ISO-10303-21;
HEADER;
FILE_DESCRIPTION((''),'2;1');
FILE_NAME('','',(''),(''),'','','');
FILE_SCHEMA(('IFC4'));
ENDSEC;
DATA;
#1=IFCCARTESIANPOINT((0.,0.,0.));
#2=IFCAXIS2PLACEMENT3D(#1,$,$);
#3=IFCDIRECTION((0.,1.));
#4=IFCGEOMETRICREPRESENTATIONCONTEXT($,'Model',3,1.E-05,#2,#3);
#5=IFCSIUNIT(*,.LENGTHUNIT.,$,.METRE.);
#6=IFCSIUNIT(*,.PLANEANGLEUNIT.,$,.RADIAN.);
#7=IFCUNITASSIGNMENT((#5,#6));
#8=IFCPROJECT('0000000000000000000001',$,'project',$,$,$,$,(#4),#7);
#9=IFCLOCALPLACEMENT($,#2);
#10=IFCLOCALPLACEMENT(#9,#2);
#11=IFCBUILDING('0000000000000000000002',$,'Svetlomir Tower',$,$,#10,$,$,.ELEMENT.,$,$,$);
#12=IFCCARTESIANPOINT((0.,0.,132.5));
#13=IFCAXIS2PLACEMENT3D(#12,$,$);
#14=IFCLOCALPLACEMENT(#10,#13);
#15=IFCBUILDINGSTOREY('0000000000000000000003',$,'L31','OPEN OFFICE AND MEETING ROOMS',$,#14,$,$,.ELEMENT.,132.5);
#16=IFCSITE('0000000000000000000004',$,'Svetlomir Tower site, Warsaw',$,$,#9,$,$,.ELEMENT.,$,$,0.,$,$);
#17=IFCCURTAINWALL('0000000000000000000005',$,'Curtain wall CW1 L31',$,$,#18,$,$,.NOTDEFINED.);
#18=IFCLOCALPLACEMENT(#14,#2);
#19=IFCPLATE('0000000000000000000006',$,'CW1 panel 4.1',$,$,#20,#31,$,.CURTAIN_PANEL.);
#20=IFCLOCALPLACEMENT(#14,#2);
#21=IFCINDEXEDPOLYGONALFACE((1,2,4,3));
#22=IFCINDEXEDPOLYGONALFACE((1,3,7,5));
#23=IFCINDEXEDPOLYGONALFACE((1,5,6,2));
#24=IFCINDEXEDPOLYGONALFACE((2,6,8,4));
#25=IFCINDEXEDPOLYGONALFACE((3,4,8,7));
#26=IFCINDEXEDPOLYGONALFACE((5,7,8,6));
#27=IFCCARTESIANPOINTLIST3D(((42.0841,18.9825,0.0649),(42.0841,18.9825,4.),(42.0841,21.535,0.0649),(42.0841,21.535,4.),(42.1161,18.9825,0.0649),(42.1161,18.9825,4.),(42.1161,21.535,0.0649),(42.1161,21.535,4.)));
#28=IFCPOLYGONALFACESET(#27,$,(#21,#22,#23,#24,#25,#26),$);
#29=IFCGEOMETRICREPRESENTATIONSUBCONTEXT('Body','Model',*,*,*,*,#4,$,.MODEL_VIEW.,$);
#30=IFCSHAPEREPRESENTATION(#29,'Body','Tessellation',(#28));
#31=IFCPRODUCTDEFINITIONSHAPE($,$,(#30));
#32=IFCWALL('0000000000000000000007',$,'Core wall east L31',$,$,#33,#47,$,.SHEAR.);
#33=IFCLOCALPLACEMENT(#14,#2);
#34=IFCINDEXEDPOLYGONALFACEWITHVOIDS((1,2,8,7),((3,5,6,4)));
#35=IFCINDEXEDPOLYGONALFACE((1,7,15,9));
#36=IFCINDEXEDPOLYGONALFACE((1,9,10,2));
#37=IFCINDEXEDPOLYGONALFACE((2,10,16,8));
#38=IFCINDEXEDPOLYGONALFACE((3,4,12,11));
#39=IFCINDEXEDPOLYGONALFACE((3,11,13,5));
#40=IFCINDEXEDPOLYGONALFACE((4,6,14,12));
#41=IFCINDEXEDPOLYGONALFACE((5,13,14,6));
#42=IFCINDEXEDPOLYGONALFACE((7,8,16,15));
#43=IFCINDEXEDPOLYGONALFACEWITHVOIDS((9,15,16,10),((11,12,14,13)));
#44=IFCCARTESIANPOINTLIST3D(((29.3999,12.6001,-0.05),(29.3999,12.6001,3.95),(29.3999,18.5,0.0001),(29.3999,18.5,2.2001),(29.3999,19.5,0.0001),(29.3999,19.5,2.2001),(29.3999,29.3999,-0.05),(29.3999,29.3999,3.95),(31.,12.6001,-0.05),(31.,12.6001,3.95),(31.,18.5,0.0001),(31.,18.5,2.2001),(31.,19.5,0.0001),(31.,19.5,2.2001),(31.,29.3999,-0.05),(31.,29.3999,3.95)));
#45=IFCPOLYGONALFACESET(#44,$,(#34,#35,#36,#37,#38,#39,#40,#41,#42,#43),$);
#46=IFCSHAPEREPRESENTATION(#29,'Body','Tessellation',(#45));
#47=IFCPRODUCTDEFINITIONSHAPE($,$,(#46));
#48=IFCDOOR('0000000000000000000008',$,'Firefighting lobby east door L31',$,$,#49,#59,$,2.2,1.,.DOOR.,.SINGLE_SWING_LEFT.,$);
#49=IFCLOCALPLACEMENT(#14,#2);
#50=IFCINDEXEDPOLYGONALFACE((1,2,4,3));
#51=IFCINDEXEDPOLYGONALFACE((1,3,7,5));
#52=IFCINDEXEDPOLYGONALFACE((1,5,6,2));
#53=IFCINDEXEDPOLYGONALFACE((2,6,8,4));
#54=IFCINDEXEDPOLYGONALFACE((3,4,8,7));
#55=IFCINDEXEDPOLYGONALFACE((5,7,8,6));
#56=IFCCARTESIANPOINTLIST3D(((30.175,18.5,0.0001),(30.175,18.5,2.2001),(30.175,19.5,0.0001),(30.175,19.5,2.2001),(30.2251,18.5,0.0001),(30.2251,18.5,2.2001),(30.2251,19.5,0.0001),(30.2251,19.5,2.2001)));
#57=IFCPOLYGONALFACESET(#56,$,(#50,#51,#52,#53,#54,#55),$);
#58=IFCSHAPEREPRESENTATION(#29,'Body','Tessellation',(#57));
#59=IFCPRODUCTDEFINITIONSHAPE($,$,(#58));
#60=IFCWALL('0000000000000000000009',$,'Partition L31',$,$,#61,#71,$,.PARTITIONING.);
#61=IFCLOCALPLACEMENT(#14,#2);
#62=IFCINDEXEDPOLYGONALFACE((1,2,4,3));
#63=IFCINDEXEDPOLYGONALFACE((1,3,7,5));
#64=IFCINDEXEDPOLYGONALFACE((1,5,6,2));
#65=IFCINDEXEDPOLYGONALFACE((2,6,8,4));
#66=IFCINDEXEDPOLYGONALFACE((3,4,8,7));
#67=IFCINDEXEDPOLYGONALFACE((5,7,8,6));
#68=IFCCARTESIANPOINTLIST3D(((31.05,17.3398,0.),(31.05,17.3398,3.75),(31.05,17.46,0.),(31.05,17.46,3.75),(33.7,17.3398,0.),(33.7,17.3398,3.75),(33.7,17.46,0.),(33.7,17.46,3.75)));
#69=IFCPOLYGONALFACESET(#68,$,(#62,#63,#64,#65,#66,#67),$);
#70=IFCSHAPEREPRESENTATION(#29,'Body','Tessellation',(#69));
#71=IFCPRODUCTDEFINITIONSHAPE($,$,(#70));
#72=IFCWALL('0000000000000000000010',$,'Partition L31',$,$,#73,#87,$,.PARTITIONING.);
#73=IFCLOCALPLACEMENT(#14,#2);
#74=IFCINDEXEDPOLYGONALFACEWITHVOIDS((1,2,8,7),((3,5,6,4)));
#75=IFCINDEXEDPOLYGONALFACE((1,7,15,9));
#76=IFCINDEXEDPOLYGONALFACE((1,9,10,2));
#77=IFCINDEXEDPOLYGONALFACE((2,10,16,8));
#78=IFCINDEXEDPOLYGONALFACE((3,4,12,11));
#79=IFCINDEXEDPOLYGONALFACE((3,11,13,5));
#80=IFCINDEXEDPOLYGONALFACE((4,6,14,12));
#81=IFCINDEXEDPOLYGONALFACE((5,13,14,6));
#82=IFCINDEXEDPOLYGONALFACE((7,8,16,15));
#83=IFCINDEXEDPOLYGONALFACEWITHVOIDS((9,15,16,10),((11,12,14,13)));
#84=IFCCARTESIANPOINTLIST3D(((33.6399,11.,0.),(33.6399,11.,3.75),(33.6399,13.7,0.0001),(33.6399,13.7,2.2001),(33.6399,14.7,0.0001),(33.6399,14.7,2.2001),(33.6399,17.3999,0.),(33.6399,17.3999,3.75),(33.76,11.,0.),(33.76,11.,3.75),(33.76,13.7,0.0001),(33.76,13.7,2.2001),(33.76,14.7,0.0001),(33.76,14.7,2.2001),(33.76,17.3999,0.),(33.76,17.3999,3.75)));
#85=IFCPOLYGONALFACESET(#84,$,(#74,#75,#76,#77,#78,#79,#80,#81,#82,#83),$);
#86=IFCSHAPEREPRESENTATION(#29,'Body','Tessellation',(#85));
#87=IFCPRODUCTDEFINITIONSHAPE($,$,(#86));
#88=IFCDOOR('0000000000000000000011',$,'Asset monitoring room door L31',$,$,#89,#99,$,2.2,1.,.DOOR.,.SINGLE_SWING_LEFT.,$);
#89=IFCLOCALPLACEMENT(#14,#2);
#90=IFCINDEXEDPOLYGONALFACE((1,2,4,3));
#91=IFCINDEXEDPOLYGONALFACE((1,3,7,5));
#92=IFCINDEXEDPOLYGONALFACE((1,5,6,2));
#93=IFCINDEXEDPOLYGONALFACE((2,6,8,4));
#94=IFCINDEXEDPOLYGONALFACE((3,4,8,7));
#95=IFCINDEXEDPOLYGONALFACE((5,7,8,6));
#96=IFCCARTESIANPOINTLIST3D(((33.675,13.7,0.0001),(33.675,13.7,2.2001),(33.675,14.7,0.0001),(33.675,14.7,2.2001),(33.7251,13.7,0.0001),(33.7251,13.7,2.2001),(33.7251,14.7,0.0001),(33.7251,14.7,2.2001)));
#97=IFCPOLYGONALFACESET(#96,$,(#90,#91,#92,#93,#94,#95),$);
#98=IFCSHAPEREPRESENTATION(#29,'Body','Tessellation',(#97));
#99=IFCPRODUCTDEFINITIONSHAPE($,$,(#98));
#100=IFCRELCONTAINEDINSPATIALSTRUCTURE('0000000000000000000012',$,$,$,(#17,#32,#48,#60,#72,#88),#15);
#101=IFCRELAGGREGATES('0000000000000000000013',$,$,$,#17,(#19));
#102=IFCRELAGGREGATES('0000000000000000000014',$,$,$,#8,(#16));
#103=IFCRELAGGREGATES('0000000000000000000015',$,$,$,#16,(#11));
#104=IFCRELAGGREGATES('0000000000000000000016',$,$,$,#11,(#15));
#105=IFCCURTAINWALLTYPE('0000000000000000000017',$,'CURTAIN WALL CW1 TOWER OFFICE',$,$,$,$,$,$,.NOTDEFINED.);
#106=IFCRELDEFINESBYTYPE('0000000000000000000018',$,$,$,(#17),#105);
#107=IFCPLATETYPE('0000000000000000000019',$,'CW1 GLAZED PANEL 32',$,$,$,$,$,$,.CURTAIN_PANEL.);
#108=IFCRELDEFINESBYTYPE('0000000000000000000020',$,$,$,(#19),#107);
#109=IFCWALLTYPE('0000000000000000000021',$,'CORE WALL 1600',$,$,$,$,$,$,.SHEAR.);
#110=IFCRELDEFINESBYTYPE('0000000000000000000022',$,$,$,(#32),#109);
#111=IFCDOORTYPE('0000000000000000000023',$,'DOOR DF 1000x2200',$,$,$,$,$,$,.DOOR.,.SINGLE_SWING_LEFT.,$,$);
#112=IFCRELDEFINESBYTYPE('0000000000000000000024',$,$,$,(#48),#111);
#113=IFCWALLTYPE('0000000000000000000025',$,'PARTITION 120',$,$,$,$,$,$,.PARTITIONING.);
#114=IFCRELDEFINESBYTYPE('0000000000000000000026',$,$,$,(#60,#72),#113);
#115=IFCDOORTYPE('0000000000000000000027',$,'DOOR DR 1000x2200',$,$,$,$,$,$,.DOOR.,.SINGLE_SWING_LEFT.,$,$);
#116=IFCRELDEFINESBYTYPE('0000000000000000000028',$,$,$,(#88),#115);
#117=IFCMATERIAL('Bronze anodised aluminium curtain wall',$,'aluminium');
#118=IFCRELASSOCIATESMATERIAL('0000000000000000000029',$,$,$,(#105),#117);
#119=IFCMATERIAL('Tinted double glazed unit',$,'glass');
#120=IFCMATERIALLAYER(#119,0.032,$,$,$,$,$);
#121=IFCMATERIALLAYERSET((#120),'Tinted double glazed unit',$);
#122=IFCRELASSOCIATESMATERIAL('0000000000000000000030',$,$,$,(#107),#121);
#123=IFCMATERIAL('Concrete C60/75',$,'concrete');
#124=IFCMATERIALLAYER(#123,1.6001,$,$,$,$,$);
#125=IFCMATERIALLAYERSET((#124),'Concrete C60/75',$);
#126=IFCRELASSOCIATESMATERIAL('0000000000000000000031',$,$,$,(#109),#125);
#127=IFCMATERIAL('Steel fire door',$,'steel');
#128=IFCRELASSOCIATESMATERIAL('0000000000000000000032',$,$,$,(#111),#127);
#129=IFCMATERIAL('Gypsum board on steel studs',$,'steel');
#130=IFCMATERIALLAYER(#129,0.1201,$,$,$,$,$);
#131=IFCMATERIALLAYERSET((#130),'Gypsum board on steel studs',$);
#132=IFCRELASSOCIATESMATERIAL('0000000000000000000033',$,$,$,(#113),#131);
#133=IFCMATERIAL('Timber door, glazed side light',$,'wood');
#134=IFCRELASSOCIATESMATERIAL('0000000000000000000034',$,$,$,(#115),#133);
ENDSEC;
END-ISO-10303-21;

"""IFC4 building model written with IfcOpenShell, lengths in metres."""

from ifc_helpers import new_model, si_unit, direction, frame, frame_2d, origin, origin_2d, place, context, subcontext, project, spatial, rectangle, extrude, material, layer, layer_set, type_object, element, fill, aggregate, save


model = new_model("IFC4")

# Units and contexts
model_context = context("Model", 3, precision=1e-05, world=origin(), true_north=direction((0.0, 1.0)))
body_context = subcontext(model_context, "Body", "Model", "MODEL_VIEW")
ifc_project = project(units=[si_unit("LENGTHUNIT", "METRE"), si_unit("PLANEANGLEUNIT", "RADIAN")], contexts=[model_context])

# Site, building, storey
site_placement = place(None, origin())
site = spatial("IfcSite", under=ifc_project, at=site_placement, Name="Svetlomir Tower site, Warsaw", CompositionType="ELEMENT", RefElevation=0.0)
building_placement = place(site_placement, origin())
building = spatial("IfcBuilding", under=site, at=building_placement, Name="Svetlomir Tower", CompositionType="ELEMENT")
storey_placement = place(building_placement, frame((0.0, 0.0, 132.5)))
storey = spatial("IfcBuildingStorey", under=building, at=storey_placement, Name="L31", Description="OPEN OFFICE AND MEETING ROOMS", CompositionType="ELEMENT", Elevation=132.5)

# Curtain wall
ifc_material_1 = material(Name="Bronze anodised aluminium curtain wall", Category="aluminium")
curtain_wall_type = type_object("IfcCurtainWallType", Name="CURTAIN WALL CW1 TOWER OFFICE", PredefinedType="NOTDEFINED", material=ifc_material_1)
curtain_wall_1_placement = place(storey_placement, origin())
curtain_wall_1 = element("IfcCurtainWall", 1, at=curtain_wall_1_placement, inside=storey, type_object=curtain_wall_type, Name="Curtain wall CW1 L31", PredefinedType="NOTDEFINED")

# Plate
ifc_material_2 = material(Name="Tinted double glazed unit", Category="glass")
ifc_layer_1 = layer(ifc_material_2, 0.032)
ifc_layer_set_1 = layer_set([ifc_layer_1], Name="Tinted double glazed unit")
plate_type = type_object("IfcPlateType", Name="CW1 GLAZED PANEL 32", PredefinedType="CURTAIN_PANEL", material=ifc_layer_set_1)
plate_1_placement = place(storey_placement, frame((42.1001, 20.2588, 0.0649), z_axis=(0.0, 0.0, 1.0), x_axis=(0.0, 1.0, 0.0)))
plate_1 = element("IfcPlate", 2, at=plate_1_placement, type_object=plate_type, Name="CW1 panel 4.1", PredefinedType="CURTAIN_PANEL", context=body_context, shape_type="SweptSolid", body=[
    extrude(rectangle(XDim=2.5525, YDim=0.032, at=origin_2d()), origin(), (0.0, 0.0, 1.0), 3.9351),
])
aggregate(curtain_wall_1, [plate_1])

# Wall, opening, door
ifc_material_3 = material(Name="Concrete C60/75", Category="concrete")
ifc_layer_2 = layer(ifc_material_3, 1.6001)
ifc_layer_set_2 = layer_set([ifc_layer_2], Name="Concrete C60/75")
wall_type_1 = type_object("IfcWallType", Name="CORE WALL 1600", PredefinedType="SHEAR", material=ifc_layer_set_2)
wall_1_placement = place(storey_placement, frame((30.2, 12.6001, -0.05), z_axis=(0.0, 0.0, 1.0), x_axis=(0.0, 1.0, 0.0)))
wall_1 = element("IfcWall", 3, at=wall_1_placement, inside=storey, type_object=wall_type_1, Name="Core wall east L31", PredefinedType="SHEAR", context=body_context, shape_type="SweptSolid", body=[
    extrude(rectangle(XDim=16.7998, YDim=1.6001, at=frame_2d((8.3999, 0.0))), origin(), (0.0, 0.0, 1.0), 4.0),
])
opening_1_placement = place(wall_1_placement, frame((5.8999, 0.0, 0.05)))
opening_1 = element("IfcOpeningElement", 4, at=opening_1_placement, cuts=wall_1, PredefinedType="OPENING", context=body_context, shape_type="SweptSolid", body=[
    extrude(rectangle(XDim=1.0, YDim=2.2, at=frame_2d((0.5, 1.1001))), frame((0.0, 0.8101, 0.0), z_axis=(0.0, -1.0, 0.0), x_axis=(1.0, 0.0, 0.0)), (0.0, 0.0, 1.0), 1.6201),
])
ifc_material_4 = material(Name="Steel fire door", Category="steel")
door_type_1 = type_object("IfcDoorType", Name="DOOR DF 1000x2200", OperationType="SINGLE_SWING_LEFT", PredefinedType="DOOR", material=ifc_material_4)
door_1_placement = place(opening_1_placement, origin())
door_1 = element("IfcDoor", 5, at=door_1_placement, inside=storey, type_object=door_type_1, Name="Firefighting lobby east door L31", OperationType="SINGLE_SWING_LEFT", OverallHeight=2.2, OverallWidth=1.0, PredefinedType="DOOR", context=body_context, shape_type="SweptSolid", body=[
    extrude(rectangle(XDim=1.0, YDim=2.2, at=frame_2d((0.5, 1.1001))), frame((0.0, 0.0249, 0.0), z_axis=(0.0, -1.0, 0.0), x_axis=(1.0, 0.0, 0.0)), (0.0, 0.0, 1.0), 0.05),
])
fill(opening_1, door_1)

# Wall
ifc_material_5 = material(Name="Gypsum board on steel studs", Category="steel")
ifc_layer_3 = layer(ifc_material_5, 0.1201)
ifc_layer_set_3 = layer_set([ifc_layer_3], Name="Gypsum board on steel studs")
wall_type_2 = type_object("IfcWallType", Name="PARTITION 120", PredefinedType="PARTITIONING", material=ifc_layer_set_3)
wall_2_placement = place(storey_placement, frame((31.05, 17.3999, 0.0), z_axis=(0.0, 0.0, 1.0), x_axis=(1.0, 0.0, 0.0)))
element("IfcWall", 6, at=wall_2_placement, inside=storey, type_object=wall_type_2, Name="Partition L31", PredefinedType="PARTITIONING", context=body_context, shape_type="SweptSolid", body=[
    extrude(rectangle(XDim=2.6499, YDim=0.1201, at=frame_2d((1.325, 0.0))), origin(), (0.0, 0.0, 1.0), 3.75),
])

# Wall, opening, door
wall_3_placement = place(storey_placement, frame((33.7, 11.0, 0.0), z_axis=(0.0, 0.0, 1.0), x_axis=(0.0, 1.0, 0.0)))
wall_3 = element("IfcWall", 7, at=wall_3_placement, inside=storey, type_object=wall_type_2, Name="Partition L31", PredefinedType="PARTITIONING", context=body_context, shape_type="SweptSolid", body=[
    extrude(rectangle(XDim=6.3999, YDim=0.1201, at=frame_2d((3.2, 0.0))), origin(), (0.0, 0.0, 1.0), 3.75),
])
opening_2_placement = place(wall_3_placement, frame((2.7, 0.0, 0.0)))
opening_2 = element("IfcOpeningElement", 8, at=opening_2_placement, cuts=wall_3, PredefinedType="OPENING", context=body_context, shape_type="SweptSolid", body=[
    extrude(rectangle(XDim=1.0, YDim=2.2, at=frame_2d((0.5, 1.1001))), frame((0.0, 0.0701, 0.0), z_axis=(0.0, -1.0, 0.0), x_axis=(1.0, 0.0, 0.0)), (0.0, 0.0, 1.0), 0.1401),
])
ifc_material_6 = material(Name="Timber door, glazed side light", Category="wood")
door_type_2 = type_object("IfcDoorType", Name="DOOR DR 1000x2200", OperationType="SINGLE_SWING_LEFT", PredefinedType="DOOR", material=ifc_material_6)
door_2_placement = place(opening_2_placement, origin())
door_2 = element("IfcDoor", 9, at=door_2_placement, inside=storey, type_object=door_type_2, Name="Asset monitoring room door L31", OperationType="SINGLE_SWING_LEFT", OverallHeight=2.2, OverallWidth=1.0, PredefinedType="DOOR", context=body_context, shape_type="SweptSolid", body=[
    extrude(rectangle(XDim=1.0, YDim=2.2, at=frame_2d((0.5, 1.1001))), frame((0.0, 0.0249, 0.0), z_axis=(0.0, -1.0, 0.0), x_axis=(1.0, 0.0, 0.0)), (0.0, 0.0, 1.0), 0.05),
])
fill(opening_2, door_2)

save(model, "model.ifc")
